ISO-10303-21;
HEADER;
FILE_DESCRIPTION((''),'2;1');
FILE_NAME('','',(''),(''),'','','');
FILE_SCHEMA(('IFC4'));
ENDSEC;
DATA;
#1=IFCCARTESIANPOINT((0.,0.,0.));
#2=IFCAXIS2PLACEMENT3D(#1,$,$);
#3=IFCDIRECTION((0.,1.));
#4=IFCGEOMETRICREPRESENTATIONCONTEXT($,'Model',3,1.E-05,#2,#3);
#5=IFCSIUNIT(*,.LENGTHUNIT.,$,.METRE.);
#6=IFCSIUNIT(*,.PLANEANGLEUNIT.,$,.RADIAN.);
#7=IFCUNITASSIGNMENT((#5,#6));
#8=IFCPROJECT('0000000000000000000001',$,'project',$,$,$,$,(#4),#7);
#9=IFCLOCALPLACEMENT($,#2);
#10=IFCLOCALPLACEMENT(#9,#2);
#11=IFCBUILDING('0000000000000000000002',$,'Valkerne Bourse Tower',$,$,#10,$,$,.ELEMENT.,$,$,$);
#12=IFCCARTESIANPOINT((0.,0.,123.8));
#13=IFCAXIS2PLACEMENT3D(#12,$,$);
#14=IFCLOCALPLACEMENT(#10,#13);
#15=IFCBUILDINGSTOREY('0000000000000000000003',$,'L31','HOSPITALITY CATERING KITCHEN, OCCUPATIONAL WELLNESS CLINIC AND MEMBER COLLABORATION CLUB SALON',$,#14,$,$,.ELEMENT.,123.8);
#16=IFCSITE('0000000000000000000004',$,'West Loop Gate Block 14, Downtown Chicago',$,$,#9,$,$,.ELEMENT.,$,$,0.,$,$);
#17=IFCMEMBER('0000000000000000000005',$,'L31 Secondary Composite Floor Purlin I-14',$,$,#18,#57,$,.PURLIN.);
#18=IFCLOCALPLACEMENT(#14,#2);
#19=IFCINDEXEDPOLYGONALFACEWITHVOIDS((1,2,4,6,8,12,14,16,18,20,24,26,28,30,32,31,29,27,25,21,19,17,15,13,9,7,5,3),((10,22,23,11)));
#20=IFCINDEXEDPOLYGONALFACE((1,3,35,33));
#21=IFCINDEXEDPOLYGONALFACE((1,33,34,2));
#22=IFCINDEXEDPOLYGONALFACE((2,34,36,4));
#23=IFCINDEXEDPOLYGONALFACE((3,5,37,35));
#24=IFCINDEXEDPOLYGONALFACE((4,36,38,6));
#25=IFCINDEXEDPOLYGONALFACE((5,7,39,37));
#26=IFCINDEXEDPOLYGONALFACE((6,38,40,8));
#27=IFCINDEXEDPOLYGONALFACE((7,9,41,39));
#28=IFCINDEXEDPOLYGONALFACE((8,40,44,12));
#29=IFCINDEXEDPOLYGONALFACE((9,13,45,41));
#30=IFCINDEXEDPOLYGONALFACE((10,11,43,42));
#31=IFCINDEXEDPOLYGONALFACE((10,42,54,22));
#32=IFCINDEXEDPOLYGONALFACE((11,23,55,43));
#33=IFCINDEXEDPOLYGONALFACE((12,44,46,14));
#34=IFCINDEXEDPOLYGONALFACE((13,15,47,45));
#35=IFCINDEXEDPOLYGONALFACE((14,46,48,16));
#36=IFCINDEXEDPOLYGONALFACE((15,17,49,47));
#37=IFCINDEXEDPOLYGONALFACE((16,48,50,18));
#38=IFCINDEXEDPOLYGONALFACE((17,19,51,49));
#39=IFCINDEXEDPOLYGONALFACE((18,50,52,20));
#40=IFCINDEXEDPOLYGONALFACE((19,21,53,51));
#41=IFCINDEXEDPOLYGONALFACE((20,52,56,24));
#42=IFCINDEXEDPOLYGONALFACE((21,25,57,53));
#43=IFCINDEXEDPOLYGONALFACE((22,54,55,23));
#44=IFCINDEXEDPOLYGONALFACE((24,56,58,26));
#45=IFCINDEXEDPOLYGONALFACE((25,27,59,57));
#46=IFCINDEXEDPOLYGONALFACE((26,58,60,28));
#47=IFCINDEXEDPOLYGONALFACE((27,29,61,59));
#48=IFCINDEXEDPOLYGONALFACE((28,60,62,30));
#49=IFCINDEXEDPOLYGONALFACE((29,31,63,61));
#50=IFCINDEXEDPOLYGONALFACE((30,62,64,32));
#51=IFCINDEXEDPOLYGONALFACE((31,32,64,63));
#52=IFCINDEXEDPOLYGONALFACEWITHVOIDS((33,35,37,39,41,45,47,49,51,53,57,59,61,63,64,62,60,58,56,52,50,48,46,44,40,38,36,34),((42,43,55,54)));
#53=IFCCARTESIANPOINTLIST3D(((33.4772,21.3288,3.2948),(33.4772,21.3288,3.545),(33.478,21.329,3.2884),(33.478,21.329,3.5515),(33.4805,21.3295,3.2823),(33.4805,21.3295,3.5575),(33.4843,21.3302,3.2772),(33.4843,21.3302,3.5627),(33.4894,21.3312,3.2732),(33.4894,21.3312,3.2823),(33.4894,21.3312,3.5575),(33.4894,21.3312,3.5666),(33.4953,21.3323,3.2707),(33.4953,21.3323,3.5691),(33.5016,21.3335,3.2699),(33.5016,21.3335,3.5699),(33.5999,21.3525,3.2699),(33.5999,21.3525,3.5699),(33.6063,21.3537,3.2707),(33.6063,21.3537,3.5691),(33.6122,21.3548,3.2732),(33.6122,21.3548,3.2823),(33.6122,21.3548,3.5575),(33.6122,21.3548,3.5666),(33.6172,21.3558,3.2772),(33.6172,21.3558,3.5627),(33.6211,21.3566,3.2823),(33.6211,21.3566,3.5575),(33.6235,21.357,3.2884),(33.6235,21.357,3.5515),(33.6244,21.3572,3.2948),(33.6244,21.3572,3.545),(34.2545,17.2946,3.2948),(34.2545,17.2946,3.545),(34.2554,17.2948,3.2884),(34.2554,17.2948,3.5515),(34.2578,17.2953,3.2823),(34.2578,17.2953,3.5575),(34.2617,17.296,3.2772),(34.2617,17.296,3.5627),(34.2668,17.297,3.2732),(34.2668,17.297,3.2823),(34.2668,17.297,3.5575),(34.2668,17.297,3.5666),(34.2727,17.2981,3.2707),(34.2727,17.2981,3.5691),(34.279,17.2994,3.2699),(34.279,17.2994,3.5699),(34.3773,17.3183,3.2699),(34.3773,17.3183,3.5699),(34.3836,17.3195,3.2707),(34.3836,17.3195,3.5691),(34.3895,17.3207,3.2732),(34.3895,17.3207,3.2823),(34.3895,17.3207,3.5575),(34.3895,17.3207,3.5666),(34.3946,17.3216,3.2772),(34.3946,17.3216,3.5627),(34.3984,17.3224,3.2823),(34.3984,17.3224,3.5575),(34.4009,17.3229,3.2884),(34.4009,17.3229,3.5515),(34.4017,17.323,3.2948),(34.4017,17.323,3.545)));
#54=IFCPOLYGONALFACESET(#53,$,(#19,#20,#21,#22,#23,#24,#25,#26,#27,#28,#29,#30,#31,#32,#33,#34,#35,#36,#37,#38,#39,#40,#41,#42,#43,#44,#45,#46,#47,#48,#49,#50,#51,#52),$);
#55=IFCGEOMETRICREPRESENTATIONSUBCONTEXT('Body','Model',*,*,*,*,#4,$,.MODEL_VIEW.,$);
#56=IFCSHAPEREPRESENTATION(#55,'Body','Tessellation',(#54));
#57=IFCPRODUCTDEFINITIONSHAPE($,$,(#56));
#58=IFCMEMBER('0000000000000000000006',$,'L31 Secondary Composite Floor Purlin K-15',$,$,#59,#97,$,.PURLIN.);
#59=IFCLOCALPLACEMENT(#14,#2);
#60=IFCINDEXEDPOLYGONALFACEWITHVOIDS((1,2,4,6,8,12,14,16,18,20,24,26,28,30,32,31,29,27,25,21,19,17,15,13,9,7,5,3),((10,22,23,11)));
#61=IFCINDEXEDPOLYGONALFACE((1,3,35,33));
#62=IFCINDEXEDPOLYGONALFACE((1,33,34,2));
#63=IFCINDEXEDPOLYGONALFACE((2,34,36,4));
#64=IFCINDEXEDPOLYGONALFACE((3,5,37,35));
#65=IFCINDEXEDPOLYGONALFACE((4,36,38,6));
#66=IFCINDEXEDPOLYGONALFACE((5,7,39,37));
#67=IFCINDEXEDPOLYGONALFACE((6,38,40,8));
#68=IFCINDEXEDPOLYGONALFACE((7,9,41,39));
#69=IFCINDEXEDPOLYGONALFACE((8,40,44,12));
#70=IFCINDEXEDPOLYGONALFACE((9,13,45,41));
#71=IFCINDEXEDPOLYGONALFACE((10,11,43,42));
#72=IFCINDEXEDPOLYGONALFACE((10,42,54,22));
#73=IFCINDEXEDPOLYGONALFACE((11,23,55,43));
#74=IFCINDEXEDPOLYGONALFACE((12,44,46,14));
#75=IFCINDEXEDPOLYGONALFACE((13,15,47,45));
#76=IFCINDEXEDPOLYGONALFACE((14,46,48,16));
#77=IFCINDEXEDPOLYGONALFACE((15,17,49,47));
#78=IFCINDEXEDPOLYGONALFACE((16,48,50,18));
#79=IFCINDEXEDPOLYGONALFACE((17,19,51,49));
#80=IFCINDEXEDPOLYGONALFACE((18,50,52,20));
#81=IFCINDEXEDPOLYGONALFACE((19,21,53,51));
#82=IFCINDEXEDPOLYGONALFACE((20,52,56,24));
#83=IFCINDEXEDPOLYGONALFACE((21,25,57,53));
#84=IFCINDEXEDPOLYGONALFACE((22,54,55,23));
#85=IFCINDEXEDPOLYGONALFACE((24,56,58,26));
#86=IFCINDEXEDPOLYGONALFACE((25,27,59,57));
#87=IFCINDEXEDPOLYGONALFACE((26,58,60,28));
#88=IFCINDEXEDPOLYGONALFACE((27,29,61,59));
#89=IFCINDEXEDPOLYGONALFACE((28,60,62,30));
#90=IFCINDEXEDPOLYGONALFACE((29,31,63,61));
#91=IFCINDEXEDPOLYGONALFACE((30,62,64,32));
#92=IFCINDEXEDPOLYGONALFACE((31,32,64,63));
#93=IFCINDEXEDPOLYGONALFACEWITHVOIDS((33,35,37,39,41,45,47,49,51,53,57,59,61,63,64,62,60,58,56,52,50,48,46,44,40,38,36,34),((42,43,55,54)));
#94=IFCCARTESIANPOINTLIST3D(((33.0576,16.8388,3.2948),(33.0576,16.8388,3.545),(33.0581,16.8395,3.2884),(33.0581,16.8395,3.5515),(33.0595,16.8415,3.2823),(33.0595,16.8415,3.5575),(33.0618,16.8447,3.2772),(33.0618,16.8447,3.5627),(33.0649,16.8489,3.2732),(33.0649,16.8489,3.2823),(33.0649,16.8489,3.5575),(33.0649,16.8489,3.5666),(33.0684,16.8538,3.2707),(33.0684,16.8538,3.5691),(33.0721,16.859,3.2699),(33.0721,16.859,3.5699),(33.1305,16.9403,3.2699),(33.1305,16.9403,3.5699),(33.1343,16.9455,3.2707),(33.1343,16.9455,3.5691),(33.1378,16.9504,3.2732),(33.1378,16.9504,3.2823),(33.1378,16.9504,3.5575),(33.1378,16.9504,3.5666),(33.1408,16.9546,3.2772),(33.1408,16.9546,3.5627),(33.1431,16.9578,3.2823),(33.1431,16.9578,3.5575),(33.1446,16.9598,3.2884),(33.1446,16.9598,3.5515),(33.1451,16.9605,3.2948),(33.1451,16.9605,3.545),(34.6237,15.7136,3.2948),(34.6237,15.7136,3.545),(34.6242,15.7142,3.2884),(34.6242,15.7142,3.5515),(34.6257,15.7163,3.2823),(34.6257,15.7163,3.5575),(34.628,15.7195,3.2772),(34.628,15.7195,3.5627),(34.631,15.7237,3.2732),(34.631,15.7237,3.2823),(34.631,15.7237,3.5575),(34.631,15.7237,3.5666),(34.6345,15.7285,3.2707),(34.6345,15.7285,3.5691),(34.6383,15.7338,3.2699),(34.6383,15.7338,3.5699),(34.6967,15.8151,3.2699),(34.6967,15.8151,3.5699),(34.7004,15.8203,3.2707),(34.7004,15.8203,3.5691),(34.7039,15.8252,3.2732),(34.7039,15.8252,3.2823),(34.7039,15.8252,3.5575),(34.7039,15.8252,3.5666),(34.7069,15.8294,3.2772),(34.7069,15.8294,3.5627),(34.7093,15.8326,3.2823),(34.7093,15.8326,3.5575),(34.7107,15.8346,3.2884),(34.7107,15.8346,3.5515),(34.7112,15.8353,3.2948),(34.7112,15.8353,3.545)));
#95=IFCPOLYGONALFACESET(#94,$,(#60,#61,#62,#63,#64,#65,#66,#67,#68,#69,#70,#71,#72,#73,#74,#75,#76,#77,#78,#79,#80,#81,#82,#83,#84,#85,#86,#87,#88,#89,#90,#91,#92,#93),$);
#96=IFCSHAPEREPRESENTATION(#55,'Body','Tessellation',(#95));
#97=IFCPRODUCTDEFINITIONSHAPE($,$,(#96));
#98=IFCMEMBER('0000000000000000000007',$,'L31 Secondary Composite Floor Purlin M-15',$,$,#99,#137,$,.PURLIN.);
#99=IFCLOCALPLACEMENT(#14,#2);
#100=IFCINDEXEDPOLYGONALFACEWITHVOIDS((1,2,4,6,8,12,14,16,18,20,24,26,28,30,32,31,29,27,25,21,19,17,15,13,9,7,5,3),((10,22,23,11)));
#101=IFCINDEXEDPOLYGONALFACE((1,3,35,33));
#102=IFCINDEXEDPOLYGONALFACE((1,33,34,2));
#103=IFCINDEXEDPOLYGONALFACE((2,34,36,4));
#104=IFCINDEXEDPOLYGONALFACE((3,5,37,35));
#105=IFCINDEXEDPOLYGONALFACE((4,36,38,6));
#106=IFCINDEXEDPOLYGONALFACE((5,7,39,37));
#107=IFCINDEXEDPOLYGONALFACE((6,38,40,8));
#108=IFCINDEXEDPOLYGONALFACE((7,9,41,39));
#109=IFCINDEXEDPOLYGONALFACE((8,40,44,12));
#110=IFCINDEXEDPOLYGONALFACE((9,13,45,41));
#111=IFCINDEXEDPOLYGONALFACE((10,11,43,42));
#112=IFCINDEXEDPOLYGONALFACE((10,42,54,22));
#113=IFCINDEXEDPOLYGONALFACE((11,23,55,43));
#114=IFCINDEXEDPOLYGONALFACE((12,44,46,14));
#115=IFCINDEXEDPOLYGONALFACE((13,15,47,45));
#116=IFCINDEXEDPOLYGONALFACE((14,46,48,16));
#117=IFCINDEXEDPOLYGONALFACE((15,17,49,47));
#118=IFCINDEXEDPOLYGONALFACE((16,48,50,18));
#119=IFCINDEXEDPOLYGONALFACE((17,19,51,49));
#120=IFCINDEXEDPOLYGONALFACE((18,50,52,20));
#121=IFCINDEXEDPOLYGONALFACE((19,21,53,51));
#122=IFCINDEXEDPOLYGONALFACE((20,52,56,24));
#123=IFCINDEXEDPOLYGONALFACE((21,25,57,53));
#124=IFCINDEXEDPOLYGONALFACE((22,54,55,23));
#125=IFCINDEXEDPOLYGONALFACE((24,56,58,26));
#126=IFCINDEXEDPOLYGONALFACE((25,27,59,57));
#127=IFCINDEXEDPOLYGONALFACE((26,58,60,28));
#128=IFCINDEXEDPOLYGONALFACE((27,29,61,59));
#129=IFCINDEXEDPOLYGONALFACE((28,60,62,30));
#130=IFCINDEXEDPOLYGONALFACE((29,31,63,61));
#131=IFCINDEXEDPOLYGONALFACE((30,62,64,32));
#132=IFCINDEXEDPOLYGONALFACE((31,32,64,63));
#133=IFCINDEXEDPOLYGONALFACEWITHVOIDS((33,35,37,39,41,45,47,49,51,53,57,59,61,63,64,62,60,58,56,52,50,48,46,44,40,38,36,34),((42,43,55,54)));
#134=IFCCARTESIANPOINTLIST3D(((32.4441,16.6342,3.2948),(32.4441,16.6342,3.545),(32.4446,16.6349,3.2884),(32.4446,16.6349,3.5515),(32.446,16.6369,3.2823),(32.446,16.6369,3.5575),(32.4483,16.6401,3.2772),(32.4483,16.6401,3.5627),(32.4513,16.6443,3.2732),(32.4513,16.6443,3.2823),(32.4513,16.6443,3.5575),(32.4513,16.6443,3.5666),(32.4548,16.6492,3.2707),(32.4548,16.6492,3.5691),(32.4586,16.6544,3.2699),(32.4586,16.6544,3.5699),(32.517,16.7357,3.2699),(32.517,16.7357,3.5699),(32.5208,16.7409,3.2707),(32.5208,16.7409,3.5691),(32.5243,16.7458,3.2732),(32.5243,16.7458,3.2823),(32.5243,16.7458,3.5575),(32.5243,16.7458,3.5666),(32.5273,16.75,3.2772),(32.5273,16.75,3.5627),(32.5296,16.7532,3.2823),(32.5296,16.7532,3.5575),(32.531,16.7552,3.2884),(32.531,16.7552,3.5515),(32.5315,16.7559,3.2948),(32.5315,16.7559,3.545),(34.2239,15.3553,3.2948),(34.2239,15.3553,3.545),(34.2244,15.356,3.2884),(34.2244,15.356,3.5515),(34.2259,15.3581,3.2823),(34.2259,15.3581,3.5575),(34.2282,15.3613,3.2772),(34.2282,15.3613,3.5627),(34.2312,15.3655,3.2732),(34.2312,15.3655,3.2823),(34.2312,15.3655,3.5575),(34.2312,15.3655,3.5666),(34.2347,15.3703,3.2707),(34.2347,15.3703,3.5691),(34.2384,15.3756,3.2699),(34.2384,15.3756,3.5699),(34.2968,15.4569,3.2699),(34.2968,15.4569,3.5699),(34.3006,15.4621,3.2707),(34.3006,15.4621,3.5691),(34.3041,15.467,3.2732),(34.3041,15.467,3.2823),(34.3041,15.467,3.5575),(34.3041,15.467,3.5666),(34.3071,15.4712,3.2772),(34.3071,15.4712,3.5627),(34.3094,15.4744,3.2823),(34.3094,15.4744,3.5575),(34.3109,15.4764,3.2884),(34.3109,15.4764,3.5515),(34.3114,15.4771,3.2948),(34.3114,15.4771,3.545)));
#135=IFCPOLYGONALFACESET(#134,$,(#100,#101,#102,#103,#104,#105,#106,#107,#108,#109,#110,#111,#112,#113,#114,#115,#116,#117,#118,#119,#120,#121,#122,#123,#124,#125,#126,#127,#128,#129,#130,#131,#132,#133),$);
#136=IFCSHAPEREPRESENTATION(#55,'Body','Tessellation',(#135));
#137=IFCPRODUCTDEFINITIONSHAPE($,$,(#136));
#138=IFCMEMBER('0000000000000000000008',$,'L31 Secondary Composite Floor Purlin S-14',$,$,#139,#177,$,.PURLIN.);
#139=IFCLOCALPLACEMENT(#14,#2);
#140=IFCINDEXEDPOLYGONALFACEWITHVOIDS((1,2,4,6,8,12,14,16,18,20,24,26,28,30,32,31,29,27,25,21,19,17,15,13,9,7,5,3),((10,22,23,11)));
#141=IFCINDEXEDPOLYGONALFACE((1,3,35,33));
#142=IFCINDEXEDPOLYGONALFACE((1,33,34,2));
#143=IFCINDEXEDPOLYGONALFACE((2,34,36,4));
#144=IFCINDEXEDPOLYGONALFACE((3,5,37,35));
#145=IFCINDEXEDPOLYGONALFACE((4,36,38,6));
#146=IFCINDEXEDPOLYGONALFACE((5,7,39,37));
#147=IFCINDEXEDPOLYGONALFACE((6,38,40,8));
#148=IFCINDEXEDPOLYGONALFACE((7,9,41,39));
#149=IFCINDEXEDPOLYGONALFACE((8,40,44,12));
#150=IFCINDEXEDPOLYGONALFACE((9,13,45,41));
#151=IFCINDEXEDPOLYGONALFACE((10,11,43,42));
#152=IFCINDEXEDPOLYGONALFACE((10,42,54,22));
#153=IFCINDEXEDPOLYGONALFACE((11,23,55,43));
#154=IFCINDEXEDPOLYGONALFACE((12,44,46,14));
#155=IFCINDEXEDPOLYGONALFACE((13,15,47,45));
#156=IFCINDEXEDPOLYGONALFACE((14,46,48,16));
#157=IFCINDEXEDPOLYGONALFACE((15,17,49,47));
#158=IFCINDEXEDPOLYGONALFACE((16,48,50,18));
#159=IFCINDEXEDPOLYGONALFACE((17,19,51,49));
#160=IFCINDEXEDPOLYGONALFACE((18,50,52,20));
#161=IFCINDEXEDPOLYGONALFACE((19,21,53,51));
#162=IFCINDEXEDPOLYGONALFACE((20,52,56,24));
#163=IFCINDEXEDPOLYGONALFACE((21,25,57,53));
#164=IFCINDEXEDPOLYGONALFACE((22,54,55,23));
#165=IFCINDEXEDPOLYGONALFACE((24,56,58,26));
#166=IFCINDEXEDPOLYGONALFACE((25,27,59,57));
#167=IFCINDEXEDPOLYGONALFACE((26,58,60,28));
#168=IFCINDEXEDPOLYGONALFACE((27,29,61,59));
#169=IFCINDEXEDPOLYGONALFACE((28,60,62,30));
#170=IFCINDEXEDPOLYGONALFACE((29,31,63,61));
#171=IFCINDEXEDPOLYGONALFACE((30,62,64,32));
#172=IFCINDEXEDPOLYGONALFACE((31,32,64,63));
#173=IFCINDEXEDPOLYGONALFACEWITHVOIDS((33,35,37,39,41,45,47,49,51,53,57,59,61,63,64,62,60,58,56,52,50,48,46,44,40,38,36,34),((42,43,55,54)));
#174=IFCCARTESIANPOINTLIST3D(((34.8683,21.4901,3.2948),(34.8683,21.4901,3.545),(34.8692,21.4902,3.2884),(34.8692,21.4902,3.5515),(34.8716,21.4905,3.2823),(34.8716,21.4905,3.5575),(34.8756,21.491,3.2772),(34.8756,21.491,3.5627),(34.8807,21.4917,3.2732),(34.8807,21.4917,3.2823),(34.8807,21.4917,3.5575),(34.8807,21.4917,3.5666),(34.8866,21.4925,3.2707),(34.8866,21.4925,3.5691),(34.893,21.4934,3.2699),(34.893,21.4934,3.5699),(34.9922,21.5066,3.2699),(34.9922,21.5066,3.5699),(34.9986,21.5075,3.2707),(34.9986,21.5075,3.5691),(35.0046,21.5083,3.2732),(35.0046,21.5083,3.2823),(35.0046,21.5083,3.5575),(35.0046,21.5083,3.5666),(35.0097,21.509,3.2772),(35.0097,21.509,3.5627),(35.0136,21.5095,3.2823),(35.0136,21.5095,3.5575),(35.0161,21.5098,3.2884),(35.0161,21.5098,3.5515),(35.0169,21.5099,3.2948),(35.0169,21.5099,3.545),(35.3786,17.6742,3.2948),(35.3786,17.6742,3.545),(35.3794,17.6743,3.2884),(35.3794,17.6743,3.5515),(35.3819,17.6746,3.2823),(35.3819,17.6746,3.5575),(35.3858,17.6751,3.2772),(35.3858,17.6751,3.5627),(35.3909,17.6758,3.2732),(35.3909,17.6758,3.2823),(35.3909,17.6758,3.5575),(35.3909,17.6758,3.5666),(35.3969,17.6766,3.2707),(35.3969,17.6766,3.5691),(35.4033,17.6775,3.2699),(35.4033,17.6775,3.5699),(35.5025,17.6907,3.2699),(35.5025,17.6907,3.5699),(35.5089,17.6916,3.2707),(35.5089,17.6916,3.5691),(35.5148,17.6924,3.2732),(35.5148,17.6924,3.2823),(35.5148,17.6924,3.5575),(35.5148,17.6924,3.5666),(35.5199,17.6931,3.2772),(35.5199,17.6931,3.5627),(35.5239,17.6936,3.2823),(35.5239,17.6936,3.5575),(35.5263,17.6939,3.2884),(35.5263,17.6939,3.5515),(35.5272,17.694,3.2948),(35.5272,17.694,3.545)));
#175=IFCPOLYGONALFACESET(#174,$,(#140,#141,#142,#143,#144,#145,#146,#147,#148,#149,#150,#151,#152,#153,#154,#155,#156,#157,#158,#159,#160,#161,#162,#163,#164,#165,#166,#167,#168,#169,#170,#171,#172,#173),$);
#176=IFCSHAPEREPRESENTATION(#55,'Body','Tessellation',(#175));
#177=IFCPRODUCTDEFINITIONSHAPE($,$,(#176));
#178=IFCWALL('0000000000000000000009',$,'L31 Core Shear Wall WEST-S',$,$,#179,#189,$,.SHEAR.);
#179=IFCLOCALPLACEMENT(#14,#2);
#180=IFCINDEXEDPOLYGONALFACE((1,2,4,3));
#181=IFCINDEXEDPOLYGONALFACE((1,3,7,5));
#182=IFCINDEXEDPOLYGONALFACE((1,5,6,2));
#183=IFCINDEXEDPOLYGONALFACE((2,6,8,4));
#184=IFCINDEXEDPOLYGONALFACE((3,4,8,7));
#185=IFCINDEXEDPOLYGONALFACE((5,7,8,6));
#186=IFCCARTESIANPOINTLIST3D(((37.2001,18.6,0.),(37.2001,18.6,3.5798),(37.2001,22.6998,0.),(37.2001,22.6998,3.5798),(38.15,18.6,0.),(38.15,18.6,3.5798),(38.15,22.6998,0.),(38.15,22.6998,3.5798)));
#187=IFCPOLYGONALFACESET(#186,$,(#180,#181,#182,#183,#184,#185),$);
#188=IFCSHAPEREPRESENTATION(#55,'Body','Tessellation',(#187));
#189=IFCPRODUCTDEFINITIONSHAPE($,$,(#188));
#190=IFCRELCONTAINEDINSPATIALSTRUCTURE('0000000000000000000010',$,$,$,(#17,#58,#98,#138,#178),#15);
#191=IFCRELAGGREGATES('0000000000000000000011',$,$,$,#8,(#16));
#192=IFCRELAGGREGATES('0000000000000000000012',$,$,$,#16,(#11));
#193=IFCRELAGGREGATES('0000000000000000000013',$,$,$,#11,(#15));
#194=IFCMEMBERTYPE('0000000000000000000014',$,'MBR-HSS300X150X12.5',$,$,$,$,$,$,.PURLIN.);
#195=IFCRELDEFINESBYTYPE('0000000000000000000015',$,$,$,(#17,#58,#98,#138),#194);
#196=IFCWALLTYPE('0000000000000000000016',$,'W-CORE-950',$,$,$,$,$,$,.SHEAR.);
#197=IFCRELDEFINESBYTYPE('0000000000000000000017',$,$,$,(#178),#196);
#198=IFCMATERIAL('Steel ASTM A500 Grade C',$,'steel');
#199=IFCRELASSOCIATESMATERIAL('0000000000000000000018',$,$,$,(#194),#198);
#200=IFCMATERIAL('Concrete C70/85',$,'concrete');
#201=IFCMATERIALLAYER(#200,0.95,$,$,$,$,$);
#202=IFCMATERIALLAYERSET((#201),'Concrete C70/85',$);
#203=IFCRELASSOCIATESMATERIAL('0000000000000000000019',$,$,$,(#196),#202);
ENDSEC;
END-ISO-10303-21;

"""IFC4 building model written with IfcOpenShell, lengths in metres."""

from ifc_helpers import new_model, si_unit, direction, frame, frame_2d, origin, origin_2d, place, context, subcontext, project, spatial, rectangle, hollow_rectangle, extrude, material, layer, layer_set, material_profile, profile_set, type_object, element, save


model = new_model("IFC4")

# Units and contexts
model_context = context("Model", 3, precision=1e-05, world=origin(), true_north=direction((0.0, 1.0)))
body_context = subcontext(model_context, "Body", "Model", "MODEL_VIEW")
ifc_project = project(units=[si_unit("LENGTHUNIT", "METRE"), si_unit("PLANEANGLEUNIT", "RADIAN")], contexts=[model_context])

# Site, building, storey
site_placement = place(None, origin())
site = spatial("IfcSite", under=ifc_project, at=site_placement, Name="West Loop Gate Block 14, Downtown Chicago", CompositionType="ELEMENT", RefElevation=0.0)
building_placement = place(site_placement, origin())
building = spatial("IfcBuilding", under=site, at=building_placement, Name="Valkerne Bourse Tower", CompositionType="ELEMENT")
storey_placement = place(building_placement, frame((0.0, 0.0, 123.8)))
storey = spatial("IfcBuildingStorey", under=building, at=storey_placement, Name="L31", Description="HOSPITALITY CATERING KITCHEN, OCCUPATIONAL WELLNESS CLINIC AND MEMBER COLLABORATION CLUB SALON", CompositionType="ELEMENT", Elevation=123.8)

# Members
ifc_material_1 = material(Name="Steel ASTM A500 Grade C", Category="steel")
ifc_material_profile = material_profile(ifc_material_1, hollow_rectangle(XDim=0.1499, YDim=0.3, WallThickness=0.0125, OuterFilletRadius=0.0249, at=origin_2d()), Name="HSS300X150X12.5")
ifc_profile_set = profile_set([ifc_material_profile], Name="Steel ASTM A500 Grade C")
member_type = type_object("IfcMemberType", Name="MBR-HSS300X150X12.5", PredefinedType="PURLIN", material=ifc_profile_set)
member_1_placement = place(storey_placement, frame((33.5508, 21.343, 3.4199), z_axis=(0.189209, -0.981937, 0.0), x_axis=(0.981937, 0.189209, 0.0)))
element("IfcMember", 1, at=member_1_placement, inside=storey, type_object=member_type, Name="L31 Secondary Composite Floor Purlin I-14", PredefinedType="PURLIN", context=body_context, shape_type="SweptSolid", body=[
    extrude(hollow_rectangle(XDim=0.1499, YDim=0.3, WallThickness=0.0125, OuterFilletRadius=0.0249, at=origin_2d()), origin(), (0.0, 0.0, 1.0), 4.1084),
])
member_2_placement = place(storey_placement, frame((33.1013, 16.8997, 3.4199), z_axis=(0.812122, -0.583487, 0.0), x_axis=(0.583487, 0.812122, 0.0)))
element("IfcMember", 2, at=member_2_placement, inside=storey, type_object=member_type, Name="L31 Secondary Composite Floor Purlin K-15", PredefinedType="PURLIN", context=body_context, shape_type="SweptSolid", body=[
    extrude(hollow_rectangle(XDim=0.1499, YDim=0.3, WallThickness=0.0125, OuterFilletRadius=0.0249, at=origin_2d()), origin(), (0.0, 0.0, 1.0), 1.9285),
])
member_3_placement = place(storey_placement, frame((32.4878, 16.6951, 3.4199), z_axis=(0.812104, -0.583512, 0.0), x_axis=(0.583512, 0.812104, 0.0)))
element("IfcMember", 3, at=member_3_placement, inside=storey, type_object=member_type, Name="L31 Secondary Composite Floor Purlin M-15", PredefinedType="PURLIN", context=body_context, shape_type="SweptSolid", body=[
    extrude(hollow_rectangle(XDim=0.1499, YDim=0.3, WallThickness=0.0125, OuterFilletRadius=0.0249, at=origin_2d()), origin(), (0.0, 0.0, 1.0), 2.1917),
])
member_4_placement = place(storey_placement, frame((34.9426, 21.5, 3.4199), z_axis=(0.132538, -0.991178, 0.0), x_axis=(0.991178, 0.132538, 0.0)))
element("IfcMember", 4, at=member_4_placement, inside=storey, type_object=member_type, Name="L31 Secondary Composite Floor Purlin S-14", PredefinedType="PURLIN", context=body_context, shape_type="SweptSolid", body=[
    extrude(hollow_rectangle(XDim=0.1499, YDim=0.3, WallThickness=0.0125, OuterFilletRadius=0.0249, at=origin_2d()), origin(), (0.0, 0.0, 1.0), 3.8499),
])

# Shared definitions
ifc_material_2 = material(Name="Concrete C70/85", Category="concrete")
ifc_layer_1 = layer(ifc_material_2, 0.95)
ifc_layer_set_1 = layer_set([ifc_layer_1], Name="Concrete C70/85")
wall_type_1 = type_object("IfcWallType", Name="W-CORE-950", PredefinedType="SHEAR", material=ifc_layer_set_1)

# Wall
wall_1_placement = place(storey_placement, frame((37.675, 18.6001, 0.0), z_axis=(0.0, 0.0, 1.0), x_axis=(0.0, 1.0, 0.0)))
element("IfcWall", 5, at=wall_1_placement, inside=storey, type_object=wall_type_1, Name="L31 Core Shear Wall WEST-S", PredefinedType="SHEAR", context=body_context, shape_type="SweptSolid", body=[
    extrude(rectangle(XDim=4.0999, YDim=0.95, at=frame_2d((2.0498, 0.0))), origin(), (0.0, 0.0, 1.0), 3.5798),
])

save(model, "model.ifc")
